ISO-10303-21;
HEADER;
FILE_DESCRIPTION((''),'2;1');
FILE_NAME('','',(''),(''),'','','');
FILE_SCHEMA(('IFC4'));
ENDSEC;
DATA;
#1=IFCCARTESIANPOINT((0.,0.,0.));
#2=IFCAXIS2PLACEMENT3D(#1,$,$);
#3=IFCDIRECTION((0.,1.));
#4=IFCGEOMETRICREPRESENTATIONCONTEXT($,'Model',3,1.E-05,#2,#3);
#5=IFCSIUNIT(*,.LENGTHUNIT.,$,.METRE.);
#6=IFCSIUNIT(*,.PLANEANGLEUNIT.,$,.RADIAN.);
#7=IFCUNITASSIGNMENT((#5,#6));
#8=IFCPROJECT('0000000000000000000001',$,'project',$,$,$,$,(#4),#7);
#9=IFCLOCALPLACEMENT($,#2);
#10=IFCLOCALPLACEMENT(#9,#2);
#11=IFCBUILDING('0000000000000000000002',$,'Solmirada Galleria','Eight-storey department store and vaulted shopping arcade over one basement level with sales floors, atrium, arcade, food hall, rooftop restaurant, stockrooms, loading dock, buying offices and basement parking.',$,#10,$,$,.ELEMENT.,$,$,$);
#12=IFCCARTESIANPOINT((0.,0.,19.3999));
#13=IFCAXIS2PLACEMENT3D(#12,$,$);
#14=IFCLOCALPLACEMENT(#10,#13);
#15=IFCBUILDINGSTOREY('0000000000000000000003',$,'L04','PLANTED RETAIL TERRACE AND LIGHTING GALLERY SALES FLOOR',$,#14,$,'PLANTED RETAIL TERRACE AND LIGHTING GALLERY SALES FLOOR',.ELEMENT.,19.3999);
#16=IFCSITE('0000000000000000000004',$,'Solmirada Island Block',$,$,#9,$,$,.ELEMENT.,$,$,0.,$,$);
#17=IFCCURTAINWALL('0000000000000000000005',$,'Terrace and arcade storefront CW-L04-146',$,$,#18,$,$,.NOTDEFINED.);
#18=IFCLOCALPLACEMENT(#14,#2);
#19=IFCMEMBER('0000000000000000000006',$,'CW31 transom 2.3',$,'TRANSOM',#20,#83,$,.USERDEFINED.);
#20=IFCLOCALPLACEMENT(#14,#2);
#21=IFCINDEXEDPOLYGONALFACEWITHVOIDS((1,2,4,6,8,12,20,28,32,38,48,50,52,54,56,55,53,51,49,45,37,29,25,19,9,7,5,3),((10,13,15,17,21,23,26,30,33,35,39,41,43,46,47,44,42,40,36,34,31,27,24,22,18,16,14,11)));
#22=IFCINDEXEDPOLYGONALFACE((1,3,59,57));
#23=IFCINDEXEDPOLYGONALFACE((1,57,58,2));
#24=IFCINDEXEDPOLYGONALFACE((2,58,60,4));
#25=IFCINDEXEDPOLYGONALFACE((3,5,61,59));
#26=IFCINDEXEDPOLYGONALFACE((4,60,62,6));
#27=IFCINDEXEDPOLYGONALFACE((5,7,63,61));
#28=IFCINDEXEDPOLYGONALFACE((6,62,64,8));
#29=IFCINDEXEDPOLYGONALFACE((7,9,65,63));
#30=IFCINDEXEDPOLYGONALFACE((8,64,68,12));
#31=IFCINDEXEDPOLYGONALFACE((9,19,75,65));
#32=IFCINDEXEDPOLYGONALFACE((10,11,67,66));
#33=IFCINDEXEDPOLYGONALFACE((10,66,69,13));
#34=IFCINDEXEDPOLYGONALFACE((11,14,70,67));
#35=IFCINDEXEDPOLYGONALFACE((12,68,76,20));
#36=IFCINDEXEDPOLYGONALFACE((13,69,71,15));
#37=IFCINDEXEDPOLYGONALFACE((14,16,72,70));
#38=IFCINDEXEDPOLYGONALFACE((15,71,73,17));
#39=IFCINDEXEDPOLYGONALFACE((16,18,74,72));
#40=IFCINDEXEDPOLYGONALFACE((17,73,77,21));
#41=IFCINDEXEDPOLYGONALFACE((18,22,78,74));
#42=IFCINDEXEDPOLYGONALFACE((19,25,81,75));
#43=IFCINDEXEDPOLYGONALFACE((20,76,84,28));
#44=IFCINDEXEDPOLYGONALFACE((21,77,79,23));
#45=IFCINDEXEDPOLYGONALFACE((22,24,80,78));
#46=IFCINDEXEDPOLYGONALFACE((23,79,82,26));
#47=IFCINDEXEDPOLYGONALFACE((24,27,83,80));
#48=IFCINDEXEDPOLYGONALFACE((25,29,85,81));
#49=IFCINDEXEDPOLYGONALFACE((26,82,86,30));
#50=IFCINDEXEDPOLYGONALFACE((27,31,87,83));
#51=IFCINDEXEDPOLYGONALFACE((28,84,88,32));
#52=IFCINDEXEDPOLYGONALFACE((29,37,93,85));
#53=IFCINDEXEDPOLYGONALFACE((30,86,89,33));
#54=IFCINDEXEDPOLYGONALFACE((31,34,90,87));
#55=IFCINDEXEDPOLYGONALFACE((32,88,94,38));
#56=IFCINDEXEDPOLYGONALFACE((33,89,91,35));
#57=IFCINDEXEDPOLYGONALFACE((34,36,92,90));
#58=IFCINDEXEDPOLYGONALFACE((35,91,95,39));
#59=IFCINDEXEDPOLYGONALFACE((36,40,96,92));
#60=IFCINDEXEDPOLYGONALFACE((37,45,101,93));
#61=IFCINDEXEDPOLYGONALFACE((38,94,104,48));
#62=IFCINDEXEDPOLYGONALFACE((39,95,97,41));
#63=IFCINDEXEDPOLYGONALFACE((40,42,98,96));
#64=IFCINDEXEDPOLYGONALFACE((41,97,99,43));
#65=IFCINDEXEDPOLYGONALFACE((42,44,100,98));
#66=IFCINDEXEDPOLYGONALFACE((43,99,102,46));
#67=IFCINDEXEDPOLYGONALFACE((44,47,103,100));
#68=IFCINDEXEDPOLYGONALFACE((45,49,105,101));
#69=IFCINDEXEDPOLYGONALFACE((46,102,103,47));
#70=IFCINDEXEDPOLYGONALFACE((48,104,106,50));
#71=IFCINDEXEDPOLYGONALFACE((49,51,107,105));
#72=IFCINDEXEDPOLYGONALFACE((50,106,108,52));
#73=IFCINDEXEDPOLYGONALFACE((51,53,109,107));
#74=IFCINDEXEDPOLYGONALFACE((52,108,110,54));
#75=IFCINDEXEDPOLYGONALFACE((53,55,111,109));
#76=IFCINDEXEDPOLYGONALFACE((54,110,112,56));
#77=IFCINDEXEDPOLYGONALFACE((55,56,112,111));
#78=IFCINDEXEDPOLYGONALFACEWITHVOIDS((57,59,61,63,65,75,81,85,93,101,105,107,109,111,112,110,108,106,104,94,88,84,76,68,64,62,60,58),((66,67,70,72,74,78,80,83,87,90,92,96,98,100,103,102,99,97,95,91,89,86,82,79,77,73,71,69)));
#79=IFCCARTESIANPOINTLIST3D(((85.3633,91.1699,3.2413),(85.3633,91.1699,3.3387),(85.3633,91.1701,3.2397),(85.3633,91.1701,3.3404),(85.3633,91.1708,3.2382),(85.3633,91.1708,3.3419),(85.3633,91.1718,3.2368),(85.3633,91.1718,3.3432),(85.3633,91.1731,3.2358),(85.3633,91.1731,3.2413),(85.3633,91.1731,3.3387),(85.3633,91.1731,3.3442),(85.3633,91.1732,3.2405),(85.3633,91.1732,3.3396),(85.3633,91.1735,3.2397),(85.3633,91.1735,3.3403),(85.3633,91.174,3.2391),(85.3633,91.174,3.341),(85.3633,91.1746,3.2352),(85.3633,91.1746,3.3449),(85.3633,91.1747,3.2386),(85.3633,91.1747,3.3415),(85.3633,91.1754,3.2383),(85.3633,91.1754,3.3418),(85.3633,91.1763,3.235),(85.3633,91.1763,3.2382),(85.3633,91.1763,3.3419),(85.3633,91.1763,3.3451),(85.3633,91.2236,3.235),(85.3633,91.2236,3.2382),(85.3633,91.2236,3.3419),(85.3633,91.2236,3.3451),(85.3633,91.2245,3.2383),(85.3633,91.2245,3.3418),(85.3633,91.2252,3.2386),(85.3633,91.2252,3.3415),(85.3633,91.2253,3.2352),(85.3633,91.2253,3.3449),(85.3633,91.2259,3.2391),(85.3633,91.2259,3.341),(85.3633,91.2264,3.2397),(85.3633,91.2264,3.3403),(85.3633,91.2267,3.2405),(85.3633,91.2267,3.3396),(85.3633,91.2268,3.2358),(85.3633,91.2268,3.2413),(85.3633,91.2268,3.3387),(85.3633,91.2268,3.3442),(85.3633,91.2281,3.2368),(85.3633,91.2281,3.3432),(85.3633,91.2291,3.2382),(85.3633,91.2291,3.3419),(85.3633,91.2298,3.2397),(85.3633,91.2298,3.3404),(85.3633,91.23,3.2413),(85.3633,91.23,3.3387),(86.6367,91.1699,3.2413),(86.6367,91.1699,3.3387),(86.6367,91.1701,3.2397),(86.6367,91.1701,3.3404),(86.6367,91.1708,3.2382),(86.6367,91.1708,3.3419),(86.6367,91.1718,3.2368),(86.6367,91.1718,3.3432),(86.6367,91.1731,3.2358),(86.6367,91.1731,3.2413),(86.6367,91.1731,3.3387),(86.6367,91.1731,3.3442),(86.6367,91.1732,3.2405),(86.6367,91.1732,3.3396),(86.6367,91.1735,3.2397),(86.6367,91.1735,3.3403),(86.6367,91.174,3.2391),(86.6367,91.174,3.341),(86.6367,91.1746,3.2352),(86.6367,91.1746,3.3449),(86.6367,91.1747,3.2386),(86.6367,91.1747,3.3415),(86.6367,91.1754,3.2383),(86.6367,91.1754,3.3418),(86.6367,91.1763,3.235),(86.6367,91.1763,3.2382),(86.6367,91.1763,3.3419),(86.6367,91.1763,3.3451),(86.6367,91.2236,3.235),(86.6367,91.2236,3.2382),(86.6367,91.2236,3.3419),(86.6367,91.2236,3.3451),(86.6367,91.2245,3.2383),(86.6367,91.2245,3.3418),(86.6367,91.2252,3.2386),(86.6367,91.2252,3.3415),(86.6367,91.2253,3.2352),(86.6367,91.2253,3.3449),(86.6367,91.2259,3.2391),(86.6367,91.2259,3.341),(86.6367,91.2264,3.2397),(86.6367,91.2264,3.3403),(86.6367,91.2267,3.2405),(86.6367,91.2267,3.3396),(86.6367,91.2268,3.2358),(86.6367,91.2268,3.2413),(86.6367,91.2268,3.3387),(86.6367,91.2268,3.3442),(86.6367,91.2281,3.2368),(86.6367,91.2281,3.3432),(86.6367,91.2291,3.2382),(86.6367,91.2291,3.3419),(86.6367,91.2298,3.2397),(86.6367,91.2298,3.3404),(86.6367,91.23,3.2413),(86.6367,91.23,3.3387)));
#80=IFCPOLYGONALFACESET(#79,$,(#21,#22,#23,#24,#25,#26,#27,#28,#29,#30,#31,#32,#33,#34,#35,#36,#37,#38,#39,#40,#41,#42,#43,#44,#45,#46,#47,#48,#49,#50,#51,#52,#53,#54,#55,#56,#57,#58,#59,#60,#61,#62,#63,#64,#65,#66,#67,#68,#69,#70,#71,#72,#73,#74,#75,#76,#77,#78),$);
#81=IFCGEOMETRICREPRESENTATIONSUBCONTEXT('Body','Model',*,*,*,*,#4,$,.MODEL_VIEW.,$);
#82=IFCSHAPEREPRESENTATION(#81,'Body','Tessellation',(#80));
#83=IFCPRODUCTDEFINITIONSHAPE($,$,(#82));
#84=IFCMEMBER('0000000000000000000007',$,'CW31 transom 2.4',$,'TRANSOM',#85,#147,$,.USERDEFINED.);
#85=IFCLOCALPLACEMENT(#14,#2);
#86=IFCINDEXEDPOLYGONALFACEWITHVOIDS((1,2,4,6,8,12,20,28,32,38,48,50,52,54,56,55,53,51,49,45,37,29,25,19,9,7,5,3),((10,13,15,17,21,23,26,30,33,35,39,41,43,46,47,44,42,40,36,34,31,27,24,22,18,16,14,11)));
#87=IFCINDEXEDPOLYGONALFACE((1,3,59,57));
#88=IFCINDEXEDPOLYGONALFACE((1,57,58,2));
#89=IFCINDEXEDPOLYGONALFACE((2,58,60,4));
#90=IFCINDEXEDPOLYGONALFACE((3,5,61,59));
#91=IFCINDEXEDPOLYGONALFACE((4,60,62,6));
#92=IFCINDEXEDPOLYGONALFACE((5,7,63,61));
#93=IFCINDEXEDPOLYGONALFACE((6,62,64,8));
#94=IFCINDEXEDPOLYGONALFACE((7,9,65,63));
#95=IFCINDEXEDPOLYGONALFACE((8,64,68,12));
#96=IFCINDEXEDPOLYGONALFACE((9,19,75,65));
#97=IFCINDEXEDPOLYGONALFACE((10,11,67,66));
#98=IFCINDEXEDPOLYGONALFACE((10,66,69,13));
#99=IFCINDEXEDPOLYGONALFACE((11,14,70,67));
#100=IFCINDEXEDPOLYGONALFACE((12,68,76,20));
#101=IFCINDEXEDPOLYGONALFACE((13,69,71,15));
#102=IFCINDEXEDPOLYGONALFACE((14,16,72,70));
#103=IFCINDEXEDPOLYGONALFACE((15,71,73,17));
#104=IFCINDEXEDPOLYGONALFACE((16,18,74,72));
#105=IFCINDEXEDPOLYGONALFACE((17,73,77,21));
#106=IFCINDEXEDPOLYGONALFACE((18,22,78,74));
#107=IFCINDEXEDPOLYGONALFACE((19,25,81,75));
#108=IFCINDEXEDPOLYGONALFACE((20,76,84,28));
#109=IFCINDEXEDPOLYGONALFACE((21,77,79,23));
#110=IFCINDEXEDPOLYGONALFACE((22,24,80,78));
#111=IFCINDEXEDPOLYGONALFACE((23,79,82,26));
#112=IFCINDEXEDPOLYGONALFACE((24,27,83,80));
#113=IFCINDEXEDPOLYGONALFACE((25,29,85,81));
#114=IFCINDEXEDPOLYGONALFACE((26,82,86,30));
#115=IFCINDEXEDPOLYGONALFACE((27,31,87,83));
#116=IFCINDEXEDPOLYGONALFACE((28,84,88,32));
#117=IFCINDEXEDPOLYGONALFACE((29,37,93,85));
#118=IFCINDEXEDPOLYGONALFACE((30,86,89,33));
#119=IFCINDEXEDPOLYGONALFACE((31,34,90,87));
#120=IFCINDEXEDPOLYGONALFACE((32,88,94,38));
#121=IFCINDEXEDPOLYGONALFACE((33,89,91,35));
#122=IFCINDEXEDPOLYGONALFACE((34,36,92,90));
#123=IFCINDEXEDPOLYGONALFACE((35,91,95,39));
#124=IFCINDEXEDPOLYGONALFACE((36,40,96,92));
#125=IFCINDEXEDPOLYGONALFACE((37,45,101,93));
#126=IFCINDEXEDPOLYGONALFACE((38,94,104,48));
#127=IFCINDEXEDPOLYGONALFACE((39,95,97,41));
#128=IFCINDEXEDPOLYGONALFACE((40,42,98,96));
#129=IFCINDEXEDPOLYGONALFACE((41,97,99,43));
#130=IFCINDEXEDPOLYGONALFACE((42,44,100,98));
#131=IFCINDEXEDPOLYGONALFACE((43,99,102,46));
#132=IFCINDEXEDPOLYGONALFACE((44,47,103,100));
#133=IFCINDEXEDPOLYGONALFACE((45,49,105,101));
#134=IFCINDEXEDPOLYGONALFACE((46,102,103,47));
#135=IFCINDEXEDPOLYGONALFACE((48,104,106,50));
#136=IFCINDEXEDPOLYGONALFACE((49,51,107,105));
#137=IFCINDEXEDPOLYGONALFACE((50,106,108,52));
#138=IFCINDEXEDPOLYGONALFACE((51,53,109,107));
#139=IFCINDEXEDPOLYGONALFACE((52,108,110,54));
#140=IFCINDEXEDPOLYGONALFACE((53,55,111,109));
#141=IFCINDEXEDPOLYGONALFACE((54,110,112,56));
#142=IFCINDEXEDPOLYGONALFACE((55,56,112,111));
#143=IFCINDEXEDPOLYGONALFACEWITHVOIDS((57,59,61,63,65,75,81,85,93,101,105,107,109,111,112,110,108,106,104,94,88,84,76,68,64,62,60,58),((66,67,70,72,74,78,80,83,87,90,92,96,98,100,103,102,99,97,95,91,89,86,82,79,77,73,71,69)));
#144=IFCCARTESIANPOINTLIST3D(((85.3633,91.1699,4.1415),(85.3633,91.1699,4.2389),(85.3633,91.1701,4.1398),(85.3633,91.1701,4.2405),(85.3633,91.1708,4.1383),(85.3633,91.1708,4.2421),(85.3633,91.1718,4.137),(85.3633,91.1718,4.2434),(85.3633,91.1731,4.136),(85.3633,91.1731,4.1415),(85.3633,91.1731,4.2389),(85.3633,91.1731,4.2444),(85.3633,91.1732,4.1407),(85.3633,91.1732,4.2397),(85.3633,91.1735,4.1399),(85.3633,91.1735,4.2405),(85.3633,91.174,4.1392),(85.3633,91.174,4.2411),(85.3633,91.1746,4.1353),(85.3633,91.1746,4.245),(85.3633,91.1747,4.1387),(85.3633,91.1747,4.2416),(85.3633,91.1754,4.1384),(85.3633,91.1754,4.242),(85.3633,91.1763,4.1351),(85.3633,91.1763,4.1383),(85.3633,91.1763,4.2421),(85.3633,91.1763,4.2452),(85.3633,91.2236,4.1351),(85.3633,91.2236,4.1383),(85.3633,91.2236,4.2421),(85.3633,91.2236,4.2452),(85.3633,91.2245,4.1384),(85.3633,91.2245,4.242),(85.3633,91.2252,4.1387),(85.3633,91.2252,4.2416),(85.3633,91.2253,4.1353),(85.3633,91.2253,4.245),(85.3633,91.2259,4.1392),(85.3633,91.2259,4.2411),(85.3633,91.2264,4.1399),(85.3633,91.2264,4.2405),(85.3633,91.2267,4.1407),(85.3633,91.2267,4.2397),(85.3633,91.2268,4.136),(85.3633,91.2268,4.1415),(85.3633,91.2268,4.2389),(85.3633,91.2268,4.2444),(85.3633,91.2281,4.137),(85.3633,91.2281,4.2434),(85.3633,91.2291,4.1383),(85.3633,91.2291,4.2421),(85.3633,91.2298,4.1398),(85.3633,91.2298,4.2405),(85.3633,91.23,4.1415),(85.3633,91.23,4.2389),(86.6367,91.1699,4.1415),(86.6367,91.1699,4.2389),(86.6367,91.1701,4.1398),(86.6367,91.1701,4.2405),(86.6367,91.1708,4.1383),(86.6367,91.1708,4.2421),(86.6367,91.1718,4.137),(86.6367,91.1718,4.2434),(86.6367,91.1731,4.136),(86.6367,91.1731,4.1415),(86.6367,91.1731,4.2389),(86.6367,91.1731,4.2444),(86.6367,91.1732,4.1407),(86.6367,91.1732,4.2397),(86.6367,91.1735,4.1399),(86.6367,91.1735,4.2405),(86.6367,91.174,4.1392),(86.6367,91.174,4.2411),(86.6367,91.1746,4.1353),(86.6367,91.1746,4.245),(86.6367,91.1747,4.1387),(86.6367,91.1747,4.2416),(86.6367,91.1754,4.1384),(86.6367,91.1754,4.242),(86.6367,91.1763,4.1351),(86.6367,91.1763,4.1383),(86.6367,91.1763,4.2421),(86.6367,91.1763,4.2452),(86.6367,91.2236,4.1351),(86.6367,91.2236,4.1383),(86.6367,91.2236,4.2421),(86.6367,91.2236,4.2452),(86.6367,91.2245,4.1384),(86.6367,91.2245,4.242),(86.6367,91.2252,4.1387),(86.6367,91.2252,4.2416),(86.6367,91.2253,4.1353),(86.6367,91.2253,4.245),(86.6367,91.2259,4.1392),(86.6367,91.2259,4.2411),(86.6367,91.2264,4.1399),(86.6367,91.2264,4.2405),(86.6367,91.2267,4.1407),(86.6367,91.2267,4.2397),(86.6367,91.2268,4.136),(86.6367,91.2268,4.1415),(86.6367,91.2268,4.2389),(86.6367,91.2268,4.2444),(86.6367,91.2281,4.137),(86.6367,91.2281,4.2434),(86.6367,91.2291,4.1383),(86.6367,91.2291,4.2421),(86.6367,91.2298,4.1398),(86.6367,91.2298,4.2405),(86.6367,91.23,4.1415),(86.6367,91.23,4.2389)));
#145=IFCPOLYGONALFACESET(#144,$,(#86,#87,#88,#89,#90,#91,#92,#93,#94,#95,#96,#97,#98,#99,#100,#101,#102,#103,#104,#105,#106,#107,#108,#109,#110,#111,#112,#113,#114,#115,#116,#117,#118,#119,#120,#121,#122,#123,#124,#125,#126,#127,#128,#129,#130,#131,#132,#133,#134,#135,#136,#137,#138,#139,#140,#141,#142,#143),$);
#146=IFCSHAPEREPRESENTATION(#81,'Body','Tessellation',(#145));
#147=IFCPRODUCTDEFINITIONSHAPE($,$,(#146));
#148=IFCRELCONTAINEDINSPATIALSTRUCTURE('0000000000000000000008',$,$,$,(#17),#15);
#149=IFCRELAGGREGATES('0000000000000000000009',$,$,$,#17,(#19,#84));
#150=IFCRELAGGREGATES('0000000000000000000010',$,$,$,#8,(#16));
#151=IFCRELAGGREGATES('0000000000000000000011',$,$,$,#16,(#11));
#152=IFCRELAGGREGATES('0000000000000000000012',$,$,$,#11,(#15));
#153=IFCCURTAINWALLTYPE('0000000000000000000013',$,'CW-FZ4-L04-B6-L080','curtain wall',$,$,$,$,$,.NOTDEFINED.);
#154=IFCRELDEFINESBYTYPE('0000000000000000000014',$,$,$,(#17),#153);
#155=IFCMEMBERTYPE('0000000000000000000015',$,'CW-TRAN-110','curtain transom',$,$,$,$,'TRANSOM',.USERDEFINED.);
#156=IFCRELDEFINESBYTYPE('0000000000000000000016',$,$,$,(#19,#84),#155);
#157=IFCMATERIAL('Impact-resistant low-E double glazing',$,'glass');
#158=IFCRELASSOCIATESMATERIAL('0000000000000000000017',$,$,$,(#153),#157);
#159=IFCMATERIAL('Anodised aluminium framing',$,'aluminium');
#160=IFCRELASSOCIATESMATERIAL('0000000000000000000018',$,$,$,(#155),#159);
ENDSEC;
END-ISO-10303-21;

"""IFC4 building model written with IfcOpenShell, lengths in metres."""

from ifc_helpers import new_model, si_unit, direction, frame, origin, origin_2d, place, context, subcontext, project, spatial, hollow_rectangle, extrude, material, material_profile, profile_set, type_object, element, aggregate, save


model = new_model("IFC4")

# Units and contexts
model_context = context("Model", 3, precision=1e-05, world=origin(), true_north=direction((0.0, 1.0)))
body_context = subcontext(model_context, "Body", "Model", "MODEL_VIEW")
ifc_project = project(units=[si_unit("LENGTHUNIT", "METRE"), si_unit("PLANEANGLEUNIT", "RADIAN")], contexts=[model_context])

# Site, building, storey
site_placement = place(None, origin())
site = spatial("IfcSite", under=ifc_project, at=site_placement, Name="Solmirada Island Block", CompositionType="ELEMENT", RefElevation=0.0)
building_placement = place(site_placement, origin())
building = spatial("IfcBuilding", under=site, at=building_placement, Name="Solmirada Galleria", Description="Eight-storey department store and vaulted shopping arcade over one basement level with sales floors, atrium, arcade, food hall, rooftop restaurant, stockrooms, loading dock, buying offices and basement parking.", CompositionType="ELEMENT")
storey_placement = place(building_placement, frame((0.0, 0.0, 19.3999)))
storey = spatial("IfcBuildingStorey", under=building, at=storey_placement, Name="L04", Description="PLANTED RETAIL TERRACE AND LIGHTING GALLERY SALES FLOOR", LongName="PLANTED RETAIL TERRACE AND LIGHTING GALLERY SALES FLOOR", CompositionType="ELEMENT", Elevation=19.3999)

# Curtain wall
ifc_material_1 = material(Name="Impact-resistant low-E double glazing", Category="glass")
curtain_wall_type = type_object("IfcCurtainWallType", Name="CW-FZ4-L04-B6-L080", Description="curtain wall", PredefinedType="NOTDEFINED", material=ifc_material_1)
curtain_wall_1_placement = place(storey_placement, origin())
curtain_wall_1 = element("IfcCurtainWall", 1, at=curtain_wall_1_placement, inside=storey, type_object=curtain_wall_type, Name="Terrace and arcade storefront CW-L04-146", PredefinedType="NOTDEFINED")
ifc_material_2 = material(Name="Anodised aluminium framing", Category="aluminium")

# Members
ifc_material_profile_1 = material_profile(ifc_material_2, hollow_rectangle(XDim=0.0601, YDim=0.1101, WallThickness=0.0032, InnerFilletRadius=0.0032, OuterFilletRadius=0.0063, at=origin_2d()), Name="ALU-TRAN-110X60")
ifc_profile_set_1 = profile_set([ifc_material_profile_1], Name="Anodised aluminium framing")
member_type_1 = type_object("IfcMemberType", Name="CW-TRAN-110", Description="curtain transom", ElementType="TRANSOM", PredefinedType="USERDEFINED", material=ifc_profile_set_1)
member_1_placement = place(storey_placement, frame((86.6367, 91.2, 3.29), z_axis=(-1.0, 0.0, 0.0), x_axis=(0.0, -1.0, 0.0)))
member_1 = element("IfcMember", 2, at=member_1_placement, type_object=member_type_1, Name="CW31 transom 2.3", ObjectType="TRANSOM", PredefinedType="USERDEFINED", context=body_context, shape_type="SweptSolid", body=[
    extrude(hollow_rectangle(XDim=0.0601, YDim=0.1101, WallThickness=0.0032, InnerFilletRadius=0.0032, OuterFilletRadius=0.0063, at=origin_2d()), origin(), (0.0, 0.0, 1.0), 1.2734),
])
member_2_placement = place(storey_placement, frame((86.6367, 91.2, 4.1902), z_axis=(-1.0, 0.0, 0.0), x_axis=(0.0, -1.0, 0.0)))
member_2 = element("IfcMember", 3, at=member_2_placement, type_object=member_type_1, Name="CW31 transom 2.4", ObjectType="TRANSOM", PredefinedType="USERDEFINED", context=body_context, shape_type="SweptSolid", body=[
    extrude(hollow_rectangle(XDim=0.0601, YDim=0.1101, WallThickness=0.0032, InnerFilletRadius=0.0032, OuterFilletRadius=0.0063, at=origin_2d()), origin(), (0.0, 0.0, 1.0), 1.2734),
])

aggregate(curtain_wall_1, [member_1, member_2])

save(model, "model.ifc")
